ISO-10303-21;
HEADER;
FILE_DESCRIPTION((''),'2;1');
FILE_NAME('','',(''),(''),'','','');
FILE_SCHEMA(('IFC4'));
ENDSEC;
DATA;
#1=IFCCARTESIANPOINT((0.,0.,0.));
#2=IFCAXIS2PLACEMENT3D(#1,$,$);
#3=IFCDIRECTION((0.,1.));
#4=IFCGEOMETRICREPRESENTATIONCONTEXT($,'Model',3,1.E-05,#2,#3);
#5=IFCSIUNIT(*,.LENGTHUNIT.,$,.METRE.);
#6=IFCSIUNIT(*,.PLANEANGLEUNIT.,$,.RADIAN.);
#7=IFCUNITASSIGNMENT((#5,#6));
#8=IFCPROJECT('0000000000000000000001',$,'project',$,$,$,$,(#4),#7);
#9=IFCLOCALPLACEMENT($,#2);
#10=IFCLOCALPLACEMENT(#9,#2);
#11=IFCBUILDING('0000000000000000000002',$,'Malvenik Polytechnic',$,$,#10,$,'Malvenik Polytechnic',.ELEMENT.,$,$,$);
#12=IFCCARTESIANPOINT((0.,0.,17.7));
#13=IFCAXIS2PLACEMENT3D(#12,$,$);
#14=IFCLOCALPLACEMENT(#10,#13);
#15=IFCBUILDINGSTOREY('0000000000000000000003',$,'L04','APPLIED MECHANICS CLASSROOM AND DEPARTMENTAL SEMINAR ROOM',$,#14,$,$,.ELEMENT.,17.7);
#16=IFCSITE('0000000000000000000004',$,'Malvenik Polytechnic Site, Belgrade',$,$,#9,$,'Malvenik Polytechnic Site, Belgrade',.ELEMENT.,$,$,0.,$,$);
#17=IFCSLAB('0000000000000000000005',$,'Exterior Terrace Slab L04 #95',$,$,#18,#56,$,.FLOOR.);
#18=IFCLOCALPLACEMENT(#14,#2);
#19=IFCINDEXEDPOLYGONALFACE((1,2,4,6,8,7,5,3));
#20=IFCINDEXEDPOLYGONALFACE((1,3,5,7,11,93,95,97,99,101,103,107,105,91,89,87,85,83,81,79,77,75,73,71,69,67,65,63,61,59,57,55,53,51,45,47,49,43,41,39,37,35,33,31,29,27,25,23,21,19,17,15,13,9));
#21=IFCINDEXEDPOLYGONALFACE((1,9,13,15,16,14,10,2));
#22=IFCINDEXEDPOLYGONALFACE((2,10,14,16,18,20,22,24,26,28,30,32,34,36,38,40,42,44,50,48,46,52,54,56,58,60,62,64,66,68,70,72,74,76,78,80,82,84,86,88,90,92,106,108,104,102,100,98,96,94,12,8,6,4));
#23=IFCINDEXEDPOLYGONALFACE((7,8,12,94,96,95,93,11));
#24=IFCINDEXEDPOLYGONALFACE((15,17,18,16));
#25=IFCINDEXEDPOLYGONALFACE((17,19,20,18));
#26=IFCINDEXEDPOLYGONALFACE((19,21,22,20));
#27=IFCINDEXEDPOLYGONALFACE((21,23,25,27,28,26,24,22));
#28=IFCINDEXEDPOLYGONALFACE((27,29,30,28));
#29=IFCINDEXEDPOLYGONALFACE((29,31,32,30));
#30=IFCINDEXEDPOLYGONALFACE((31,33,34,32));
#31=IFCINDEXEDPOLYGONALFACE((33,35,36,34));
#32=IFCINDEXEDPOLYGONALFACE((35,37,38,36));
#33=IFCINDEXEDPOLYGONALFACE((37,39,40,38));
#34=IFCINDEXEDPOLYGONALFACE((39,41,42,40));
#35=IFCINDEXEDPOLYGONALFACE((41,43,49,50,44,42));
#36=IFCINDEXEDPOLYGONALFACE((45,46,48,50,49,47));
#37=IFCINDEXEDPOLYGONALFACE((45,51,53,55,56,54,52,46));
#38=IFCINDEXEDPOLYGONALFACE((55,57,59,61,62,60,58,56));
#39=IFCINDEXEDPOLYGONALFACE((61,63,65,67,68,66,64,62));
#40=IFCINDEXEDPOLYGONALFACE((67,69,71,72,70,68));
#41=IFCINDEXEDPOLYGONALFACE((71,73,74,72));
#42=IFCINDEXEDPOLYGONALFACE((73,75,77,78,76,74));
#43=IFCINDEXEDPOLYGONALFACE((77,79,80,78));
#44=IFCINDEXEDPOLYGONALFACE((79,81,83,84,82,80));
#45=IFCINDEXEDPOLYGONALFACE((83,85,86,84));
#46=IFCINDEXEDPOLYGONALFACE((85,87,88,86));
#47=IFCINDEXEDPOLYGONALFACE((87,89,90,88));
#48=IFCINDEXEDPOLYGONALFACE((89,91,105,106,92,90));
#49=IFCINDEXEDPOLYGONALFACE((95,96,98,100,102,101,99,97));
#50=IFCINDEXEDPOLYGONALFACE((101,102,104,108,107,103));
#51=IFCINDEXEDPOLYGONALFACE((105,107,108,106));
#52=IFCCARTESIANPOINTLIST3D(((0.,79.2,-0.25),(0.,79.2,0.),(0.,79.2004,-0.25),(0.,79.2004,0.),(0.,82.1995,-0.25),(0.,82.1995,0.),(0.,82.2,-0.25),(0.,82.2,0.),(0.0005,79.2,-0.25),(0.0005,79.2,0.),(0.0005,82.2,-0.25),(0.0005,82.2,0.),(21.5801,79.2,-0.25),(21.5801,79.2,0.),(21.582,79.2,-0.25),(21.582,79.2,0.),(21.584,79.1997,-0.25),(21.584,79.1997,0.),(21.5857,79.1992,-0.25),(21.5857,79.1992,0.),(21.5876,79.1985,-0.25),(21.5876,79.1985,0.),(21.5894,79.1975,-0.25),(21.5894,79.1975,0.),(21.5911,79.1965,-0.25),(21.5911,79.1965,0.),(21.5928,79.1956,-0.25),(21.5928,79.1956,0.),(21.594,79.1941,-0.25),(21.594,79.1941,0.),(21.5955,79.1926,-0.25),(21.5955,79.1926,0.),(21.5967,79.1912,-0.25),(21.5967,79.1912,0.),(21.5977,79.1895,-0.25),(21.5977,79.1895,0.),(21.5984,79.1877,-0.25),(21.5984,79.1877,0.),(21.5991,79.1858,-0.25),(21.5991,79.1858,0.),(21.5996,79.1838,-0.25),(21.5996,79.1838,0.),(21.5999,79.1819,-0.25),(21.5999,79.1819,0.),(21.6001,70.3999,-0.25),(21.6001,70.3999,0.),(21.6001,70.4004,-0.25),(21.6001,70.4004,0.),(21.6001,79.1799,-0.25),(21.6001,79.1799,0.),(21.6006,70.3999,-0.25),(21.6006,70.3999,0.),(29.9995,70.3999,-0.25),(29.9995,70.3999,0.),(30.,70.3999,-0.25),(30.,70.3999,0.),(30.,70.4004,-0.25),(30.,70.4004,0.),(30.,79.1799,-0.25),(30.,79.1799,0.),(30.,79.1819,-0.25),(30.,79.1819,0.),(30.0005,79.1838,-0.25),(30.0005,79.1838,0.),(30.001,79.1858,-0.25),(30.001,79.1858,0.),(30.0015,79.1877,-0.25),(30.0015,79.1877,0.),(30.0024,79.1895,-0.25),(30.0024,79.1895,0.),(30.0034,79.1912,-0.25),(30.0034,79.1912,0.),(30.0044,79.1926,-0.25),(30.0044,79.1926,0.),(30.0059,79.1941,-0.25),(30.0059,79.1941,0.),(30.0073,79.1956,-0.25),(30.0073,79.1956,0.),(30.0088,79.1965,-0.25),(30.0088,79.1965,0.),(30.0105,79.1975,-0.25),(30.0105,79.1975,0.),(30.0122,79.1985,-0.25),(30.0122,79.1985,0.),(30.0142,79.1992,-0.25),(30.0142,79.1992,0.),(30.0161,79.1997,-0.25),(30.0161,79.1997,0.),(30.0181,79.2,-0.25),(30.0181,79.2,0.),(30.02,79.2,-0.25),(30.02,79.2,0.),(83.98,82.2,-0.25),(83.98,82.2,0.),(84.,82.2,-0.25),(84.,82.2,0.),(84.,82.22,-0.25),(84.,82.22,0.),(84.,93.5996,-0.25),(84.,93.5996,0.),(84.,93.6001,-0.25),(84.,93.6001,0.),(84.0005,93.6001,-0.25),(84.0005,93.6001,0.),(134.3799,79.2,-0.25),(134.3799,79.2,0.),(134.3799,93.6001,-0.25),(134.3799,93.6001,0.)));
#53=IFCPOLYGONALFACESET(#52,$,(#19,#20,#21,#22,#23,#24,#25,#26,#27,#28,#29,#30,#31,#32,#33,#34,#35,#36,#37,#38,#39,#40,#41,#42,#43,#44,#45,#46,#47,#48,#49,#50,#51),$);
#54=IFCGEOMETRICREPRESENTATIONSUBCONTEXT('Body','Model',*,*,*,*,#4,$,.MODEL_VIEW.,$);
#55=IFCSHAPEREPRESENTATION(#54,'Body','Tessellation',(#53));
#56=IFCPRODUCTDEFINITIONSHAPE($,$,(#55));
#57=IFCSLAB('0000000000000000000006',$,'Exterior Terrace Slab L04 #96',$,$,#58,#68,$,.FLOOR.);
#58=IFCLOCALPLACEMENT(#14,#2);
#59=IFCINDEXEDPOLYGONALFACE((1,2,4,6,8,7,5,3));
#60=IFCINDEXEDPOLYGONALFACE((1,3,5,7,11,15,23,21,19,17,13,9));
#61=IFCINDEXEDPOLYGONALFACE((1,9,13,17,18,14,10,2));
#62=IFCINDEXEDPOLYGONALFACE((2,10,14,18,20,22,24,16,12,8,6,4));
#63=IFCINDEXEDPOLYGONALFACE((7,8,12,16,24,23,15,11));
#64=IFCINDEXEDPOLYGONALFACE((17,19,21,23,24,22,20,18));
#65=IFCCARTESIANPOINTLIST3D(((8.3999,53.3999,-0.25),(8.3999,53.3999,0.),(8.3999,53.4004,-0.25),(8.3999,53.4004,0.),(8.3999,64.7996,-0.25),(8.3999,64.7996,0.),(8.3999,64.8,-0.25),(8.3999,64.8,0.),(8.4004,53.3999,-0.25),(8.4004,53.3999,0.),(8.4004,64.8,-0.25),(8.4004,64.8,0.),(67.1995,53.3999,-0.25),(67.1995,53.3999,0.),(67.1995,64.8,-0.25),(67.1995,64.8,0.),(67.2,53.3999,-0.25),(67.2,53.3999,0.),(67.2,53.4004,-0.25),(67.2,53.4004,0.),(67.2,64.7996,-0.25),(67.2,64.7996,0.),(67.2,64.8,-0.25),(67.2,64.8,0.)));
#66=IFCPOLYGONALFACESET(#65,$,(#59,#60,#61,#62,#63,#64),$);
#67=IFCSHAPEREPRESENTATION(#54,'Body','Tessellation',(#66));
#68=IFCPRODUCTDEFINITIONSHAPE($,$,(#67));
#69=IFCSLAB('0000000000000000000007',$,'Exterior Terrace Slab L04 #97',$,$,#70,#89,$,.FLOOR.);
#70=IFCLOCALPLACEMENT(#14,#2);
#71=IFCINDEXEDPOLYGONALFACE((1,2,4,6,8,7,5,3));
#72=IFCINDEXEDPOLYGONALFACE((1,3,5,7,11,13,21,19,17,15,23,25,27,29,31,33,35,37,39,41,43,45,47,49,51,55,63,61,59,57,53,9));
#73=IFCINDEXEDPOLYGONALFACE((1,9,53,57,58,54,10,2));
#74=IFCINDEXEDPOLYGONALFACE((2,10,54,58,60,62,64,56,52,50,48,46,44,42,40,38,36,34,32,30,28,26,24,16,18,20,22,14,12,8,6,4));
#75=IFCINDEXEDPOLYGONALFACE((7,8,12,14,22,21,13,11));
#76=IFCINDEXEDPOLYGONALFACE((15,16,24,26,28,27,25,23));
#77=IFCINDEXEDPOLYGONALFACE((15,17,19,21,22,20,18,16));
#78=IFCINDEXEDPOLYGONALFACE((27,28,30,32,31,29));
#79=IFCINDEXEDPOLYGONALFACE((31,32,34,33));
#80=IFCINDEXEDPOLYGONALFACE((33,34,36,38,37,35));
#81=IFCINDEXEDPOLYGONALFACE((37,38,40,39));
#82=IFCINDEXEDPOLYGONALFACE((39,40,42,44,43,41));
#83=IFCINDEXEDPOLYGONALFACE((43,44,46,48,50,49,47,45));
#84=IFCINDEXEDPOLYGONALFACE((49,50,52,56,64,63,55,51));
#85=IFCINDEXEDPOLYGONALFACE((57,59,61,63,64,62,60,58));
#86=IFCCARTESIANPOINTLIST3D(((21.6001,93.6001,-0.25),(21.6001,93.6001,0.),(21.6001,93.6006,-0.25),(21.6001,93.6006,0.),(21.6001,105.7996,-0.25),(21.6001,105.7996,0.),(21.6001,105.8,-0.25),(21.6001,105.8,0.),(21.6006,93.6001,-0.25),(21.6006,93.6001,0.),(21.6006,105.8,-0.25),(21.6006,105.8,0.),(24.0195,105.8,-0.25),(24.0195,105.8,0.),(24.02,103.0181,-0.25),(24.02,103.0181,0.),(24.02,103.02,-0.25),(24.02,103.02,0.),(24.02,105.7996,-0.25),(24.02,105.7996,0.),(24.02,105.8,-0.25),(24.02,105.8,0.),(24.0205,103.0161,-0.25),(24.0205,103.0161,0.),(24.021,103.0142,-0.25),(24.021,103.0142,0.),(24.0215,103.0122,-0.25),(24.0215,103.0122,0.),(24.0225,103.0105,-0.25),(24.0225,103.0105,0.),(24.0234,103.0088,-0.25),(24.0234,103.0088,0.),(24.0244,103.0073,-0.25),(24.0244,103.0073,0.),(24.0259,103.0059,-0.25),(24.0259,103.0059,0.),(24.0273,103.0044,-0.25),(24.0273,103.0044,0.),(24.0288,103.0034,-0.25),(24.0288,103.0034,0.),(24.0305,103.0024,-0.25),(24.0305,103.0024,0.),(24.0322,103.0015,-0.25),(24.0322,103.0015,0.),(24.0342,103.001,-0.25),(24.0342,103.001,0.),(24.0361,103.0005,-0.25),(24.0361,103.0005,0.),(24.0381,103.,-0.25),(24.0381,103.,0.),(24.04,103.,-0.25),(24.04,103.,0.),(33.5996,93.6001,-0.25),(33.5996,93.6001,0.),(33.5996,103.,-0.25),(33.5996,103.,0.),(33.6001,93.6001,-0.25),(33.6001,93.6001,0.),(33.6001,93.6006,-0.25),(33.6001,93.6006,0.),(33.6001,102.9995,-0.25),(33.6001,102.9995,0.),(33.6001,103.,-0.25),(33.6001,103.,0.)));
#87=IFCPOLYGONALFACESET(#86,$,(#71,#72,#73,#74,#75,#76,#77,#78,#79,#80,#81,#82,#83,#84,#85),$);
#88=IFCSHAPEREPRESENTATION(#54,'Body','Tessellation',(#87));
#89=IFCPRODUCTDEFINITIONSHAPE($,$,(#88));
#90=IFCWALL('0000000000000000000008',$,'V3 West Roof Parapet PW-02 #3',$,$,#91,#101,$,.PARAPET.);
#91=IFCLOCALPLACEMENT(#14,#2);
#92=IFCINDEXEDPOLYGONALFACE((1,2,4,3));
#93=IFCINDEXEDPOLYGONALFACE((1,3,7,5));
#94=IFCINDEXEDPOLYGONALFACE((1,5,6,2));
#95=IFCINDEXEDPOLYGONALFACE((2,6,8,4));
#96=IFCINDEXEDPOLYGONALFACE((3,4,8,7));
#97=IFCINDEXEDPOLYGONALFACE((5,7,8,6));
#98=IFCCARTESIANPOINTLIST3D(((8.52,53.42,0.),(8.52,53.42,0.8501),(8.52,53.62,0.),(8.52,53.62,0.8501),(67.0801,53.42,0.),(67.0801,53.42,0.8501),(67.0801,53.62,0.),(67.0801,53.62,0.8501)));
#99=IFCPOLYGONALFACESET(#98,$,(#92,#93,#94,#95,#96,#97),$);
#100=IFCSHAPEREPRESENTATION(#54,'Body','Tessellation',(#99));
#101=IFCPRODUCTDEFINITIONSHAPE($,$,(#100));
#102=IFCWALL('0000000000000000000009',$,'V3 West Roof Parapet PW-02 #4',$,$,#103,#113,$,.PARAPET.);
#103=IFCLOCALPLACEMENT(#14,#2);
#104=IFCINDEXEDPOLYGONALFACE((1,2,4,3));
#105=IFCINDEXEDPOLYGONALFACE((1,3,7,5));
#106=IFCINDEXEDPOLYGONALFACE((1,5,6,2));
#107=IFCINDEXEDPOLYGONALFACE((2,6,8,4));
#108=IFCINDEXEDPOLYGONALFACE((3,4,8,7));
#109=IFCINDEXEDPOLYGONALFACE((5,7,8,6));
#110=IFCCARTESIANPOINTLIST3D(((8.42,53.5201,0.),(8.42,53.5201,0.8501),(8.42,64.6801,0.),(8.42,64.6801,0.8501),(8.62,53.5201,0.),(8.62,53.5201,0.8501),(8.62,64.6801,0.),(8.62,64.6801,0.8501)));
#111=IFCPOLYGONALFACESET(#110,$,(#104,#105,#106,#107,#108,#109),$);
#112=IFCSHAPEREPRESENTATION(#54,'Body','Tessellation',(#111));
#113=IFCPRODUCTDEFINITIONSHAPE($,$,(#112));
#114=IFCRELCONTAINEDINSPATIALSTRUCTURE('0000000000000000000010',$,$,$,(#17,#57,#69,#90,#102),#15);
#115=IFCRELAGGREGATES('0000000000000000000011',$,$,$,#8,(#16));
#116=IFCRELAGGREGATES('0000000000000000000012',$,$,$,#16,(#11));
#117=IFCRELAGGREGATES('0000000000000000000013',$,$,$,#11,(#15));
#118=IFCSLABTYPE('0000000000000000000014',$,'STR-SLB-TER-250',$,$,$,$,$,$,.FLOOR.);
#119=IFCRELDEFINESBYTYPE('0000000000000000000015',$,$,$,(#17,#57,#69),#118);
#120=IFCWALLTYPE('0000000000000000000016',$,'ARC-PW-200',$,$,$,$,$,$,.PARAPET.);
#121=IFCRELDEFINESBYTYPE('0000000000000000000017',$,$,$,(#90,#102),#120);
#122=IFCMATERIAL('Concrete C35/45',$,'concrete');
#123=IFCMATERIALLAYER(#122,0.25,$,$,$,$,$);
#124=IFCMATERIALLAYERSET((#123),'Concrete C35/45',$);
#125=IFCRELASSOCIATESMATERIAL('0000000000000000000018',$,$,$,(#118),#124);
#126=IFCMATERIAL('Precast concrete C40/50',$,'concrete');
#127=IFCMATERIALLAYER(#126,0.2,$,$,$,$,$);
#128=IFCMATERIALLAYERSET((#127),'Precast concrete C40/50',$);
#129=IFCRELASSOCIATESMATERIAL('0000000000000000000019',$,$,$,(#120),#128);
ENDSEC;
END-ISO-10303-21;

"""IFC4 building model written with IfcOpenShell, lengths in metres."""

from ifc_helpers import new_model, si_unit, direction, frame, frame_2d, origin, place, context, subcontext, project, spatial, polyline, rectangle, outline, extrude, material, layer, layer_set, type_object, element, save


model = new_model("IFC4")

# Units and contexts
model_context = context("Model", 3, precision=1e-05, world=origin(), true_north=direction((0.0, 1.0)))
body_context = subcontext(model_context, "Body", "Model", "MODEL_VIEW")
ifc_project = project(units=[si_unit("LENGTHUNIT", "METRE"), si_unit("PLANEANGLEUNIT", "RADIAN")], contexts=[model_context])

# Site, building, storey
site_placement = place(None, origin())
site = spatial("IfcSite", under=ifc_project, at=site_placement, Name="Malvenik Polytechnic Site, Belgrade", LongName="Malvenik Polytechnic Site, Belgrade", CompositionType="ELEMENT", RefElevation=0.0)
building_placement = place(site_placement, origin())
building = spatial("IfcBuilding", under=site, at=building_placement, Name="Malvenik Polytechnic", LongName="Malvenik Polytechnic", CompositionType="ELEMENT")
storey_placement = place(building_placement, frame((0.0, 0.0, 17.7)))
storey = spatial("IfcBuildingStorey", under=building, at=storey_placement, Name="L04", Description="APPLIED MECHANICS CLASSROOM AND DEPARTMENTAL SEMINAR ROOM", CompositionType="ELEMENT", Elevation=17.7)

# Shared definitions
ifc_material_1 = material(Name="Concrete C35/45", Category="concrete")

# Slabs
ifc_layer_1 = layer(ifc_material_1, 0.25)
ifc_layer_set_1 = layer_set([ifc_layer_1], Name="Concrete C35/45")
slab_type_1 = type_object("IfcSlabType", Name="STR-SLB-TER-250", PredefinedType="FLOOR", material=ifc_layer_set_1)
slab_1_placement = place(storey_placement, frame((0.0, 0.0, -0.25)))
element("IfcSlab", 1, at=slab_1_placement, inside=storey, type_object=slab_type_1, Name="Exterior Terrace Slab L04 #95", PredefinedType="FLOOR", context=body_context, shape_type="SweptSolid", body=[
    extrude(outline(polyline([(84.0, 82.2), (84.0, 82.22), (84.0, 93.5996), (84.0, 93.6001), (84.0005, 93.6001), (134.3799, 93.6001), (134.3799, 79.2), (30.02, 79.2), (30.0181, 79.2), (30.0161, 79.1997), (30.0142, 79.1992), (30.0122, 79.1985), (30.0105, 79.1975), (30.0088, 79.1965), (30.0073, 79.1956), (30.0059, 79.1941), (30.0044, 79.1926), (30.0034, 79.1912), (30.0024, 79.1895), (30.0015, 79.1877), (30.001, 79.1858), (30.0005, 79.1838), (30.0, 79.1819), (30.0, 79.1799), (30.0, 70.4004), (30.0, 70.3999), (29.9995, 70.3999), (21.6006, 70.3999), (21.6001, 70.3999), (21.6001, 70.4004), (21.6001, 79.1799), (21.5999, 79.1819), (21.5996, 79.1838), (21.5991, 79.1858), (21.5984, 79.1877), (21.5977, 79.1895), (21.5967, 79.1912), (21.5955, 79.1926), (21.594, 79.1941), (21.5928, 79.1956), (21.5911, 79.1965), (21.5894, 79.1975), (21.5876, 79.1985), (21.5857, 79.1992), (21.584, 79.1997), (21.582, 79.2), (21.5801, 79.2), (0.0005, 79.2), (0.0, 79.2), (0.0, 79.2004), (0.0, 82.1995), (0.0, 82.2), (0.0005, 82.2), (83.98, 82.2), (84.0, 82.2)])), origin(), (0.0, 0.0, 1.0), 0.25),
])
slab_2_placement = place(storey_placement, frame((0.0, 0.0, -0.25)))
element("IfcSlab", 2, at=slab_2_placement, inside=storey, type_object=slab_type_1, Name="Exterior Terrace Slab L04 #96", PredefinedType="FLOOR", context=body_context, shape_type="SweptSolid", body=[
    extrude(outline(polyline([(67.1995, 64.8), (67.2, 64.8), (67.2, 64.7996), (67.2, 53.4004), (67.2, 53.3999), (67.1995, 53.3999), (8.4004, 53.3999), (8.3999, 53.3999), (8.3999, 53.4004), (8.3999, 64.7996), (8.3999, 64.8), (8.4004, 64.8), (67.1995, 64.8)])), origin(), (0.0, 0.0, 1.0), 0.25),
])
slab_3_placement = place(storey_placement, frame((0.0, 0.0, -0.25)))
element("IfcSlab", 3, at=slab_3_placement, inside=storey, type_object=slab_type_1, Name="Exterior Terrace Slab L04 #97", PredefinedType="FLOOR", context=body_context, shape_type="SweptSolid", body=[
    extrude(outline(polyline([(21.6001, 105.8), (21.6006, 105.8), (24.0195, 105.8), (24.02, 105.8), (24.02, 105.7996), (24.02, 103.02), (24.02, 103.0181), (24.0205, 103.0161), (24.021, 103.0142), (24.0215, 103.0122), (24.0225, 103.0105), (24.0234, 103.0088), (24.0244, 103.0073), (24.0259, 103.0059), (24.0273, 103.0044), (24.0288, 103.0034), (24.0305, 103.0024), (24.0322, 103.0015), (24.0342, 103.001), (24.0361, 103.0005), (24.0381, 103.0), (24.04, 103.0), (33.5996, 103.0), (33.6001, 103.0), (33.6001, 102.9995), (33.6001, 93.6006), (33.6001, 93.6001), (33.5996, 93.6001), (21.6006, 93.6001), (21.6001, 93.6001), (21.6001, 93.6006), (21.6001, 105.7996), (21.6001, 105.8)])), origin(), (0.0, 0.0, 1.0), 0.25),
])

# Walls
ifc_material_2 = material(Name="Precast concrete C40/50", Category="concrete")
ifc_layer_2 = layer(ifc_material_2, 0.2)
ifc_layer_set_2 = layer_set([ifc_layer_2], Name="Precast concrete C40/50")
wall_type = type_object("IfcWallType", Name="ARC-PW-200", PredefinedType="PARAPET", material=ifc_layer_set_2)
wall_1_placement = place(storey_placement, frame((67.0801, 53.52, 0.0), z_axis=(0.0, 0.0, 1.0), x_axis=(-1.0, 0.0, 0.0)))
element("IfcWall", 4, at=wall_1_placement, inside=storey, type_object=wall_type, Name="V3 West Roof Parapet PW-02 #3", PredefinedType="PARAPET", context=body_context, shape_type="SweptSolid", body=[
    extrude(rectangle(XDim=58.5601, YDim=0.2, at=frame_2d((29.28, 0.0))), origin(), (0.0, 0.0, 1.0), 0.8501),
])
wall_2_placement = place(storey_placement, frame((8.52, 53.52, 0.0), z_axis=(0.0, 0.0, 1.0), x_axis=(0.0, 1.0, 0.0)))
element("IfcWall", 5, at=wall_2_placement, inside=storey, type_object=wall_type, Name="V3 West Roof Parapet PW-02 #4", PredefinedType="PARAPET", context=body_context, shape_type="SweptSolid", body=[
    extrude(rectangle(XDim=11.1599, YDim=0.2, at=frame_2d((5.5801, 0.0))), origin(), (0.0, 0.0, 1.0), 0.8501),
])

save(model, "model.ifc")
